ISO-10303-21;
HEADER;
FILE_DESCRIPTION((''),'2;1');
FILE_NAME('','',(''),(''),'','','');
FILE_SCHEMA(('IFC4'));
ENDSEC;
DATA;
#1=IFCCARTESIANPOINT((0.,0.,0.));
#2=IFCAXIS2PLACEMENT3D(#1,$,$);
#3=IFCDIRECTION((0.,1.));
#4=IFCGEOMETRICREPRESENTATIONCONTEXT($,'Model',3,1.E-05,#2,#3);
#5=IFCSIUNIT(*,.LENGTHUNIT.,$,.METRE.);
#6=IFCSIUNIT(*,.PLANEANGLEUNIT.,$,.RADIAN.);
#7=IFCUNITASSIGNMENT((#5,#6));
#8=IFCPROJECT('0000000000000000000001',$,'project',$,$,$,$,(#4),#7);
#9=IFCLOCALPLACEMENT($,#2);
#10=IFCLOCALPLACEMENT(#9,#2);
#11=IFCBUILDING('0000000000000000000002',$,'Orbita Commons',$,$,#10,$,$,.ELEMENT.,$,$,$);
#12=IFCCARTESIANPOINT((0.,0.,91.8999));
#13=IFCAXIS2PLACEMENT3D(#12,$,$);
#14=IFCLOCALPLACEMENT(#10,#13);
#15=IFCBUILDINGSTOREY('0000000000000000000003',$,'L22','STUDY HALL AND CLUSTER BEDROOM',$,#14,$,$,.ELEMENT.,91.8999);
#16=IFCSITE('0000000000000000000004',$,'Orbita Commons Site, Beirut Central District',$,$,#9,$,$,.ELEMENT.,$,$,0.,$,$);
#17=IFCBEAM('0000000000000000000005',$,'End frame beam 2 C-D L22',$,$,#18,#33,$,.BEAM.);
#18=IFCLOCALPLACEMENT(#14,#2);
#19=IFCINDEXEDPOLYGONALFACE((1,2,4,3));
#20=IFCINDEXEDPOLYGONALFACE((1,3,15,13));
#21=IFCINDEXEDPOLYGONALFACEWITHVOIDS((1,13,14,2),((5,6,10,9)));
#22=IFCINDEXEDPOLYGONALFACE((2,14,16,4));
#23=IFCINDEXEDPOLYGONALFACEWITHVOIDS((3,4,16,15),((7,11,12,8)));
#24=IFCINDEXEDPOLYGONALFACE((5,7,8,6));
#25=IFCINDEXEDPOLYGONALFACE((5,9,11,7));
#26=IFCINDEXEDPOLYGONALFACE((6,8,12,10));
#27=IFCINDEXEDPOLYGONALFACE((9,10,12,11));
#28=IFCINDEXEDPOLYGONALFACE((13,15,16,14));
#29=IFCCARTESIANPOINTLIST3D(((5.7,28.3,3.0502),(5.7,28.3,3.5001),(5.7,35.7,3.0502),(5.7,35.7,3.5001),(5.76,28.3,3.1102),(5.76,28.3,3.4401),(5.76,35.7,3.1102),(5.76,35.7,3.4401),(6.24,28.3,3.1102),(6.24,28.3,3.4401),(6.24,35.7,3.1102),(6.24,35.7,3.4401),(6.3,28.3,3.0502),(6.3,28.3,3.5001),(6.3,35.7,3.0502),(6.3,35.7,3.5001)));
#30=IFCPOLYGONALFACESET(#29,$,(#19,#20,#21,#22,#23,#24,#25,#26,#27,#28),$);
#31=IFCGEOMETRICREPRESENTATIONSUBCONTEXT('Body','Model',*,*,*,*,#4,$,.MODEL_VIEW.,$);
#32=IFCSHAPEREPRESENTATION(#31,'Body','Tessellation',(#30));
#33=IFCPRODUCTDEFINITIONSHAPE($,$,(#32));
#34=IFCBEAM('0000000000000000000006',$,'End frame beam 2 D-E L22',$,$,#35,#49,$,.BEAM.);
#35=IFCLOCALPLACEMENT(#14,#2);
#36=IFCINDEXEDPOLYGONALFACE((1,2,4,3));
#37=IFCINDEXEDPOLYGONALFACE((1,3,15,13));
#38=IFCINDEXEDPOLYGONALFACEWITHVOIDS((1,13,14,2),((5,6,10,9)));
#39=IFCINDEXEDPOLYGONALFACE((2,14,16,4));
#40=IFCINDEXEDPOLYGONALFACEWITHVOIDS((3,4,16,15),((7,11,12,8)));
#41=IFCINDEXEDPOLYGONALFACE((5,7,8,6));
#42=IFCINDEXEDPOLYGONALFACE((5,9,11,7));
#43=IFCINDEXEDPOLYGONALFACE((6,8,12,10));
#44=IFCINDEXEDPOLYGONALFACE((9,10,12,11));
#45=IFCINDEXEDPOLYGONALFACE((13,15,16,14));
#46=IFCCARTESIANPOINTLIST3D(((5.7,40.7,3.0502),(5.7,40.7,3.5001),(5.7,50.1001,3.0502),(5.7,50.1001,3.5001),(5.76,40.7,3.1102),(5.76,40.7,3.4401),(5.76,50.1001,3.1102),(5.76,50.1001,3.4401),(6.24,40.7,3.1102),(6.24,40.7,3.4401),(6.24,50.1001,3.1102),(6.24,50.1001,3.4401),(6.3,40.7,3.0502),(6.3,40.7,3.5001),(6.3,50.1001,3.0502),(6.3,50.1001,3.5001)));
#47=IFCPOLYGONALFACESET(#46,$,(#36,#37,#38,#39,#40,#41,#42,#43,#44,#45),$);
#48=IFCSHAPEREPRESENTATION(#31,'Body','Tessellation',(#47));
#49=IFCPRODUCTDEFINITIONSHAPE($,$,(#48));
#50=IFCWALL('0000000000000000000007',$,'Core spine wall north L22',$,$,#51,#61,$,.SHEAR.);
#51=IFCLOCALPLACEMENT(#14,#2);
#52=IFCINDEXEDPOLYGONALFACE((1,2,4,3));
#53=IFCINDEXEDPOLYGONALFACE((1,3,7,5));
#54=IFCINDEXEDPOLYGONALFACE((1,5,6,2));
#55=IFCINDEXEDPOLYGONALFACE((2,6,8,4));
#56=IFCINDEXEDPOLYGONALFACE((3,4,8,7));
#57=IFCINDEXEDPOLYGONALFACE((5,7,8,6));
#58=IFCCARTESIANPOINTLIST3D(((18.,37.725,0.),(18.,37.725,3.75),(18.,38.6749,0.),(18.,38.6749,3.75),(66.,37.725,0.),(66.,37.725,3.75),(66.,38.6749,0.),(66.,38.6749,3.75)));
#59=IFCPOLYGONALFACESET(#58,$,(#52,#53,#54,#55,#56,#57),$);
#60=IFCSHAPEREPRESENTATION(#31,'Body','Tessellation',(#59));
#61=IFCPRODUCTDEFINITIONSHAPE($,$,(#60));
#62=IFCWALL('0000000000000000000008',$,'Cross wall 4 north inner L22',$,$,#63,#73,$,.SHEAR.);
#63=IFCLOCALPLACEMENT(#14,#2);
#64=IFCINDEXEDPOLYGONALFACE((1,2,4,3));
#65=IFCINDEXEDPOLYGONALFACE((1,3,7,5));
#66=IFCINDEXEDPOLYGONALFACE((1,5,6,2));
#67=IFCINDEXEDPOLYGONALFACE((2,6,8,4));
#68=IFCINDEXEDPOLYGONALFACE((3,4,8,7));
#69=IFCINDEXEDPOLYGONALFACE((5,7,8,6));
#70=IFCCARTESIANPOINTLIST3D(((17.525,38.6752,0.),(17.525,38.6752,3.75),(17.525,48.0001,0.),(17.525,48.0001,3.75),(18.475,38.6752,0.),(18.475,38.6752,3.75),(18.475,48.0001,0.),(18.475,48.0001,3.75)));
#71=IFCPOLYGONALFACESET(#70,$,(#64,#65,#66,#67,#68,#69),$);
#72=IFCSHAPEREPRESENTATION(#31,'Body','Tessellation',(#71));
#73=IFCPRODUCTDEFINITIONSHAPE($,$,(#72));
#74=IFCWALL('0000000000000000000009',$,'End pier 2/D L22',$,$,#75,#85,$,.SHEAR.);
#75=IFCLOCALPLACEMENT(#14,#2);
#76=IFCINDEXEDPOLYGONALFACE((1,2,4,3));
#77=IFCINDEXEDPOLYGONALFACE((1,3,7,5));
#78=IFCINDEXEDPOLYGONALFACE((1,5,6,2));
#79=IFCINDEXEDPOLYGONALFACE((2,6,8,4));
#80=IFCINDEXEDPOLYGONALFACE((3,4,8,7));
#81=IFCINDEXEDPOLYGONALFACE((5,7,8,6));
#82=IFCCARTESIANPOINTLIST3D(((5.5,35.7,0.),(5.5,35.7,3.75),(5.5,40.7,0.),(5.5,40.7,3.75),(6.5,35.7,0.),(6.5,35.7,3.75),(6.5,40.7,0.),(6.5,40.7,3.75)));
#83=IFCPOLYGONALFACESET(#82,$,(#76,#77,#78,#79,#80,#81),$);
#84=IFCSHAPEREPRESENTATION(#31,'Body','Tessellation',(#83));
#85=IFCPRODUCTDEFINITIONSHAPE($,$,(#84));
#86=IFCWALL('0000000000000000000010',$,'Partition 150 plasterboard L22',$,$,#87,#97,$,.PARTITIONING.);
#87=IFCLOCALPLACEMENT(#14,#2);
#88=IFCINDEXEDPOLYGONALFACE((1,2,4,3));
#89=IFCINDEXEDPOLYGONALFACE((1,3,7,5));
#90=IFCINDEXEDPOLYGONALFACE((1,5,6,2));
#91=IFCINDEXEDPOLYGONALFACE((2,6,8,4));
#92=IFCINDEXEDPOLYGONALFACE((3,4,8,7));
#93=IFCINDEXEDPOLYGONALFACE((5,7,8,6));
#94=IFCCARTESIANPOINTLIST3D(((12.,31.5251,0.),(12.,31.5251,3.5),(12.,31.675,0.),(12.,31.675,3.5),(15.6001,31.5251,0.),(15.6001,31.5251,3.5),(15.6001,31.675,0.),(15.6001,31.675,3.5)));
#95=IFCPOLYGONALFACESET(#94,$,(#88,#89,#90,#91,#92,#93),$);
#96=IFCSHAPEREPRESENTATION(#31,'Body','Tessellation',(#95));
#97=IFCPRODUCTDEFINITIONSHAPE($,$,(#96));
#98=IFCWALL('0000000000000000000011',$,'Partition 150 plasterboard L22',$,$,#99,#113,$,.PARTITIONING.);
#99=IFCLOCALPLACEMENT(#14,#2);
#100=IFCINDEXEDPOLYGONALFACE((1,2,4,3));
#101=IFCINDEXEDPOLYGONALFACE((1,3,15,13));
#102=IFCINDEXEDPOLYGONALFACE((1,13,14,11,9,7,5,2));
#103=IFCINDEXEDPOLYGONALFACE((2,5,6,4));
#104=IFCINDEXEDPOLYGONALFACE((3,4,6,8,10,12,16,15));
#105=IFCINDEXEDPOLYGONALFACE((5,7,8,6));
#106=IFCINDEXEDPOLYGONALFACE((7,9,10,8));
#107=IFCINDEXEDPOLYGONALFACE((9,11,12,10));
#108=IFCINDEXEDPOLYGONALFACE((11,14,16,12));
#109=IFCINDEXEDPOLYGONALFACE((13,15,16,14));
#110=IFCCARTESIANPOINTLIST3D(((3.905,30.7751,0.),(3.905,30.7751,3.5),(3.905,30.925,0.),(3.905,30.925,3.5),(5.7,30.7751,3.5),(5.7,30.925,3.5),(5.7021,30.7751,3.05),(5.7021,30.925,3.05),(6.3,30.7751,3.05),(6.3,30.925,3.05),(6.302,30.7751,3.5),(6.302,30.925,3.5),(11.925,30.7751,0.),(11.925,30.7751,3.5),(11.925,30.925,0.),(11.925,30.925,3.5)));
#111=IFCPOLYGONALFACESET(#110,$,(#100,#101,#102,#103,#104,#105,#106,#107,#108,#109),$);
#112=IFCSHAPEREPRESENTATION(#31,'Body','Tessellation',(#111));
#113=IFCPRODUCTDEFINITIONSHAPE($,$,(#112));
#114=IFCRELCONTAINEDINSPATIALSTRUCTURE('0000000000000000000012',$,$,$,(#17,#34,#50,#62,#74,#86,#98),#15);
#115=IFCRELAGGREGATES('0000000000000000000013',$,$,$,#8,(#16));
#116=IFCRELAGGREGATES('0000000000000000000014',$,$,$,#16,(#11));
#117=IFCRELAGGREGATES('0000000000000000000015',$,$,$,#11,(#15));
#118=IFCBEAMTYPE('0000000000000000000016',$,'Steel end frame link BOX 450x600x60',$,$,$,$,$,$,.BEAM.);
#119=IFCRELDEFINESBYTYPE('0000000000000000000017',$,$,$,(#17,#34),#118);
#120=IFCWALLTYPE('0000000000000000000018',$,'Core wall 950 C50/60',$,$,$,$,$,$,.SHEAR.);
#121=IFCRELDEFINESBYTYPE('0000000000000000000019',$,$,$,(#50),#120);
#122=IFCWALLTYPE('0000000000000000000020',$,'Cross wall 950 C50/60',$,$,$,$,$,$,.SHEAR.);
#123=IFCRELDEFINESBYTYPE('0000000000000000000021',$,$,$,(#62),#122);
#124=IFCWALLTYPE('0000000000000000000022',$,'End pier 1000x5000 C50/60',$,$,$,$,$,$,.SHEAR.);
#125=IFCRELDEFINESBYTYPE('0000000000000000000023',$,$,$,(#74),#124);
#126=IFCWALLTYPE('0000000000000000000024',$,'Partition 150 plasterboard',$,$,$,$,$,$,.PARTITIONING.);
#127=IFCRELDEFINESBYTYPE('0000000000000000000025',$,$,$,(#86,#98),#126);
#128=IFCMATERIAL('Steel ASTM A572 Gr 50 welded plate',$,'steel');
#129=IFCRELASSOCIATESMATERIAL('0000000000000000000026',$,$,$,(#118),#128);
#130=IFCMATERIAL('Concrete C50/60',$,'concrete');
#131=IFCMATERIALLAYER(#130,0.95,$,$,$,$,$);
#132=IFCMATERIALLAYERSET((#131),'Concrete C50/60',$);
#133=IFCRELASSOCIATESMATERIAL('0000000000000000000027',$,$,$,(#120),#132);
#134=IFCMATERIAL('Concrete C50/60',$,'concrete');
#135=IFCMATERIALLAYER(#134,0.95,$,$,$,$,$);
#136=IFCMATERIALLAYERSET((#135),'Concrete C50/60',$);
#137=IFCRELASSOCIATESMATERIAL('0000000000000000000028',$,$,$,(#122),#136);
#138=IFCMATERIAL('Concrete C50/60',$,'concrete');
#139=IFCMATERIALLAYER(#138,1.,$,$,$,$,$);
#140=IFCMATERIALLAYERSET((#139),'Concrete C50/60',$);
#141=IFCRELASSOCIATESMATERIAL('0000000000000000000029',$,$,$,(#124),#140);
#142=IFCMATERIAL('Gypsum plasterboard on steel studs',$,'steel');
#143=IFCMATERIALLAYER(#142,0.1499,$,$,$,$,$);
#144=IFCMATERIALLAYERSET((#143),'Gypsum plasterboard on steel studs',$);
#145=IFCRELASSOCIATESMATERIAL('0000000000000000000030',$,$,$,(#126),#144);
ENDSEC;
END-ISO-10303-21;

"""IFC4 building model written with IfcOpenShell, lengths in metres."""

from ifc_helpers import new_model, si_unit, direction, frame, frame_2d, origin, origin_2d, place, context, subcontext, project, spatial, polyline, rectangle, hollow_rectangle, outline, extrude, material, layer, layer_set, material_profile, profile_set, type_object, element, save


model = new_model("IFC4")

# Units and contexts
model_context = context("Model", 3, precision=1e-05, world=origin(), true_north=direction((0.0, 1.0)))
body_context = subcontext(model_context, "Body", "Model", "MODEL_VIEW")
ifc_project = project(units=[si_unit("LENGTHUNIT", "METRE"), si_unit("PLANEANGLEUNIT", "RADIAN")], contexts=[model_context])

# Site, building, storey
site_placement = place(None, origin())
site = spatial("IfcSite", under=ifc_project, at=site_placement, Name="Orbita Commons Site, Beirut Central District", CompositionType="ELEMENT", RefElevation=0.0)
building_placement = place(site_placement, origin())
building = spatial("IfcBuilding", under=site, at=building_placement, Name="Orbita Commons", CompositionType="ELEMENT")
storey_placement = place(building_placement, frame((0.0, 0.0, 91.8999)))
storey = spatial("IfcBuildingStorey", under=building, at=storey_placement, Name="L22", Description="STUDY HALL AND CLUSTER BEDROOM", CompositionType="ELEMENT", Elevation=91.8999)

# Beams
ifc_material_1 = material(Name="Steel ASTM A572 Gr 50 welded plate", Category="steel")
ifc_material_profile = material_profile(ifc_material_1, hollow_rectangle(XDim=0.6001, YDim=0.45, WallThickness=0.0601, at=origin_2d()), Name="BOX 450x600x60")
ifc_profile_set = profile_set([ifc_material_profile], Name="Steel ASTM A572 Gr 50 welded plate")
beam_type = type_object("IfcBeamType", Name="Steel end frame link BOX 450x600x60", PredefinedType="BEAM", material=ifc_profile_set)
beam_1_placement = place(storey_placement, frame((6.0, 28.3, 3.2751), z_axis=(0.0, 1.0, 0.0), x_axis=(-1.0, 0.0, 0.0)))
element("IfcBeam", 1, at=beam_1_placement, inside=storey, type_object=beam_type, Name="End frame beam 2 C-D L22", PredefinedType="BEAM", context=body_context, shape_type="SweptSolid", body=[
    extrude(hollow_rectangle(XDim=0.6001, YDim=0.45, WallThickness=0.0601, at=origin_2d()), origin(), (0.0, 0.0, 1.0), 7.3999),
])
beam_2_placement = place(storey_placement, frame((6.0, 40.7, 3.2751), z_axis=(0.0, 1.0, 0.0), x_axis=(-1.0, 0.0, 0.0)))
element("IfcBeam", 2, at=beam_2_placement, inside=storey, type_object=beam_type, Name="End frame beam 2 D-E L22", PredefinedType="BEAM", context=body_context, shape_type="SweptSolid", body=[
    extrude(hollow_rectangle(XDim=0.6001, YDim=0.45, WallThickness=0.0601, at=origin_2d()), origin(), (0.0, 0.0, 1.0), 9.4001),
])

# Walls
ifc_material_2 = material(Name="Concrete C50/60", Category="concrete")
ifc_layer_1 = layer(ifc_material_2, 0.95)
ifc_layer_set_1 = layer_set([ifc_layer_1], Name="Concrete C50/60")
wall_type_1 = type_object("IfcWallType", Name="Core wall 950 C50/60", PredefinedType="SHEAR", material=ifc_layer_set_1)
wall_1_placement = place(storey_placement, frame((18.0, 38.2, 0.0), z_axis=(0.0, 0.0, 1.0), x_axis=(1.0, 0.0, 0.0)))
element("IfcWall", 3, at=wall_1_placement, inside=storey, type_object=wall_type_1, Name="Core spine wall north L22", PredefinedType="SHEAR", context=body_context, shape_type="SweptSolid", body=[
    extrude(rectangle(XDim=48.0, YDim=0.95, at=frame_2d((24.0, 0.0))), origin(), (0.0, 0.0, 1.0), 3.75),
])
ifc_material_3 = material(Name="Concrete C50/60", Category="concrete")
ifc_layer_2 = layer(ifc_material_3, 0.95)
ifc_layer_set_2 = layer_set([ifc_layer_2], Name="Concrete C50/60")
wall_type_2 = type_object("IfcWallType", Name="Cross wall 950 C50/60", PredefinedType="SHEAR", material=ifc_layer_set_2)
wall_2_placement = place(storey_placement, frame((18.0, 38.675, 0.0), z_axis=(0.0, 0.0, 1.0), x_axis=(0.0, 1.0, 0.0)))
element("IfcWall", 4, at=wall_2_placement, inside=storey, type_object=wall_type_2, Name="Cross wall 4 north inner L22", PredefinedType="SHEAR", context=body_context, shape_type="SweptSolid", body=[
    extrude(rectangle(XDim=9.325, YDim=0.95, at=frame_2d((4.6626, 0.0))), origin(), (0.0, 0.0, 1.0), 3.75),
])
ifc_material_4 = material(Name="Concrete C50/60", Category="concrete")
ifc_layer_3 = layer(ifc_material_4, 1.0)
ifc_layer_set_3 = layer_set([ifc_layer_3], Name="Concrete C50/60")
wall_type_3 = type_object("IfcWallType", Name="End pier 1000x5000 C50/60", PredefinedType="SHEAR", material=ifc_layer_set_3)
wall_3_placement = place(storey_placement, frame((6.0, 35.7, 0.0), z_axis=(0.0, 0.0, 1.0), x_axis=(0.0, 1.0, 0.0)))
element("IfcWall", 5, at=wall_3_placement, inside=storey, type_object=wall_type_3, Name="End pier 2/D L22", PredefinedType="SHEAR", context=body_context, shape_type="SweptSolid", body=[
    extrude(rectangle(XDim=5.0, YDim=1.0, at=frame_2d((2.5, 0.0))), origin(), (0.0, 0.0, 1.0), 3.75),
])
ifc_material_5 = material(Name="Gypsum plasterboard on steel studs", Category="steel")
ifc_layer_4 = layer(ifc_material_5, 0.1499)
ifc_layer_set_4 = layer_set([ifc_layer_4], Name="Gypsum plasterboard on steel studs")
wall_type_4 = type_object("IfcWallType", Name="Partition 150 plasterboard", PredefinedType="PARTITIONING", material=ifc_layer_set_4)
wall_4_placement = place(storey_placement, frame((12.0, 31.6001, 0.0), z_axis=(0.0, 0.0, 1.0), x_axis=(1.0, 0.0, 0.0)))
element("IfcWall", 6, at=wall_4_placement, inside=storey, type_object=wall_type_4, Name="Partition 150 plasterboard L22", PredefinedType="PARTITIONING", context=body_context, shape_type="SweptSolid", body=[
    extrude(rectangle(XDim=3.6001, YDim=0.1499, at=frame_2d((1.8, 0.0))), origin(), (0.0, 0.0, 1.0), 3.5),
])
wall_5_placement = place(storey_placement, frame((3.905, 30.8501, 0.0), z_axis=(0.0, 0.0, 1.0), x_axis=(1.0, 0.0, 0.0)))
element("IfcWall", 7, at=wall_5_placement, inside=storey, type_object=wall_type_4, Name="Partition 150 plasterboard L22", PredefinedType="PARTITIONING", context=body_context, shape_type="SweptSolid", body=[
    extrude(outline(polyline([(0.0, 0.0), (8.02, 0.0), (8.02, 3.5), (2.397, 3.5), (2.395, 3.05), (1.7971, 3.05), (1.7949, 3.5), (0.0, 3.5), (0.0, 0.0)])), frame((0.0, 0.075, 0.0), z_axis=(0.0, -1.0, 0.0), x_axis=(1.0, 0.0, 0.0)), (0.0, 0.0, 1.0), 0.1499),
])

save(model, "model.ifc")
